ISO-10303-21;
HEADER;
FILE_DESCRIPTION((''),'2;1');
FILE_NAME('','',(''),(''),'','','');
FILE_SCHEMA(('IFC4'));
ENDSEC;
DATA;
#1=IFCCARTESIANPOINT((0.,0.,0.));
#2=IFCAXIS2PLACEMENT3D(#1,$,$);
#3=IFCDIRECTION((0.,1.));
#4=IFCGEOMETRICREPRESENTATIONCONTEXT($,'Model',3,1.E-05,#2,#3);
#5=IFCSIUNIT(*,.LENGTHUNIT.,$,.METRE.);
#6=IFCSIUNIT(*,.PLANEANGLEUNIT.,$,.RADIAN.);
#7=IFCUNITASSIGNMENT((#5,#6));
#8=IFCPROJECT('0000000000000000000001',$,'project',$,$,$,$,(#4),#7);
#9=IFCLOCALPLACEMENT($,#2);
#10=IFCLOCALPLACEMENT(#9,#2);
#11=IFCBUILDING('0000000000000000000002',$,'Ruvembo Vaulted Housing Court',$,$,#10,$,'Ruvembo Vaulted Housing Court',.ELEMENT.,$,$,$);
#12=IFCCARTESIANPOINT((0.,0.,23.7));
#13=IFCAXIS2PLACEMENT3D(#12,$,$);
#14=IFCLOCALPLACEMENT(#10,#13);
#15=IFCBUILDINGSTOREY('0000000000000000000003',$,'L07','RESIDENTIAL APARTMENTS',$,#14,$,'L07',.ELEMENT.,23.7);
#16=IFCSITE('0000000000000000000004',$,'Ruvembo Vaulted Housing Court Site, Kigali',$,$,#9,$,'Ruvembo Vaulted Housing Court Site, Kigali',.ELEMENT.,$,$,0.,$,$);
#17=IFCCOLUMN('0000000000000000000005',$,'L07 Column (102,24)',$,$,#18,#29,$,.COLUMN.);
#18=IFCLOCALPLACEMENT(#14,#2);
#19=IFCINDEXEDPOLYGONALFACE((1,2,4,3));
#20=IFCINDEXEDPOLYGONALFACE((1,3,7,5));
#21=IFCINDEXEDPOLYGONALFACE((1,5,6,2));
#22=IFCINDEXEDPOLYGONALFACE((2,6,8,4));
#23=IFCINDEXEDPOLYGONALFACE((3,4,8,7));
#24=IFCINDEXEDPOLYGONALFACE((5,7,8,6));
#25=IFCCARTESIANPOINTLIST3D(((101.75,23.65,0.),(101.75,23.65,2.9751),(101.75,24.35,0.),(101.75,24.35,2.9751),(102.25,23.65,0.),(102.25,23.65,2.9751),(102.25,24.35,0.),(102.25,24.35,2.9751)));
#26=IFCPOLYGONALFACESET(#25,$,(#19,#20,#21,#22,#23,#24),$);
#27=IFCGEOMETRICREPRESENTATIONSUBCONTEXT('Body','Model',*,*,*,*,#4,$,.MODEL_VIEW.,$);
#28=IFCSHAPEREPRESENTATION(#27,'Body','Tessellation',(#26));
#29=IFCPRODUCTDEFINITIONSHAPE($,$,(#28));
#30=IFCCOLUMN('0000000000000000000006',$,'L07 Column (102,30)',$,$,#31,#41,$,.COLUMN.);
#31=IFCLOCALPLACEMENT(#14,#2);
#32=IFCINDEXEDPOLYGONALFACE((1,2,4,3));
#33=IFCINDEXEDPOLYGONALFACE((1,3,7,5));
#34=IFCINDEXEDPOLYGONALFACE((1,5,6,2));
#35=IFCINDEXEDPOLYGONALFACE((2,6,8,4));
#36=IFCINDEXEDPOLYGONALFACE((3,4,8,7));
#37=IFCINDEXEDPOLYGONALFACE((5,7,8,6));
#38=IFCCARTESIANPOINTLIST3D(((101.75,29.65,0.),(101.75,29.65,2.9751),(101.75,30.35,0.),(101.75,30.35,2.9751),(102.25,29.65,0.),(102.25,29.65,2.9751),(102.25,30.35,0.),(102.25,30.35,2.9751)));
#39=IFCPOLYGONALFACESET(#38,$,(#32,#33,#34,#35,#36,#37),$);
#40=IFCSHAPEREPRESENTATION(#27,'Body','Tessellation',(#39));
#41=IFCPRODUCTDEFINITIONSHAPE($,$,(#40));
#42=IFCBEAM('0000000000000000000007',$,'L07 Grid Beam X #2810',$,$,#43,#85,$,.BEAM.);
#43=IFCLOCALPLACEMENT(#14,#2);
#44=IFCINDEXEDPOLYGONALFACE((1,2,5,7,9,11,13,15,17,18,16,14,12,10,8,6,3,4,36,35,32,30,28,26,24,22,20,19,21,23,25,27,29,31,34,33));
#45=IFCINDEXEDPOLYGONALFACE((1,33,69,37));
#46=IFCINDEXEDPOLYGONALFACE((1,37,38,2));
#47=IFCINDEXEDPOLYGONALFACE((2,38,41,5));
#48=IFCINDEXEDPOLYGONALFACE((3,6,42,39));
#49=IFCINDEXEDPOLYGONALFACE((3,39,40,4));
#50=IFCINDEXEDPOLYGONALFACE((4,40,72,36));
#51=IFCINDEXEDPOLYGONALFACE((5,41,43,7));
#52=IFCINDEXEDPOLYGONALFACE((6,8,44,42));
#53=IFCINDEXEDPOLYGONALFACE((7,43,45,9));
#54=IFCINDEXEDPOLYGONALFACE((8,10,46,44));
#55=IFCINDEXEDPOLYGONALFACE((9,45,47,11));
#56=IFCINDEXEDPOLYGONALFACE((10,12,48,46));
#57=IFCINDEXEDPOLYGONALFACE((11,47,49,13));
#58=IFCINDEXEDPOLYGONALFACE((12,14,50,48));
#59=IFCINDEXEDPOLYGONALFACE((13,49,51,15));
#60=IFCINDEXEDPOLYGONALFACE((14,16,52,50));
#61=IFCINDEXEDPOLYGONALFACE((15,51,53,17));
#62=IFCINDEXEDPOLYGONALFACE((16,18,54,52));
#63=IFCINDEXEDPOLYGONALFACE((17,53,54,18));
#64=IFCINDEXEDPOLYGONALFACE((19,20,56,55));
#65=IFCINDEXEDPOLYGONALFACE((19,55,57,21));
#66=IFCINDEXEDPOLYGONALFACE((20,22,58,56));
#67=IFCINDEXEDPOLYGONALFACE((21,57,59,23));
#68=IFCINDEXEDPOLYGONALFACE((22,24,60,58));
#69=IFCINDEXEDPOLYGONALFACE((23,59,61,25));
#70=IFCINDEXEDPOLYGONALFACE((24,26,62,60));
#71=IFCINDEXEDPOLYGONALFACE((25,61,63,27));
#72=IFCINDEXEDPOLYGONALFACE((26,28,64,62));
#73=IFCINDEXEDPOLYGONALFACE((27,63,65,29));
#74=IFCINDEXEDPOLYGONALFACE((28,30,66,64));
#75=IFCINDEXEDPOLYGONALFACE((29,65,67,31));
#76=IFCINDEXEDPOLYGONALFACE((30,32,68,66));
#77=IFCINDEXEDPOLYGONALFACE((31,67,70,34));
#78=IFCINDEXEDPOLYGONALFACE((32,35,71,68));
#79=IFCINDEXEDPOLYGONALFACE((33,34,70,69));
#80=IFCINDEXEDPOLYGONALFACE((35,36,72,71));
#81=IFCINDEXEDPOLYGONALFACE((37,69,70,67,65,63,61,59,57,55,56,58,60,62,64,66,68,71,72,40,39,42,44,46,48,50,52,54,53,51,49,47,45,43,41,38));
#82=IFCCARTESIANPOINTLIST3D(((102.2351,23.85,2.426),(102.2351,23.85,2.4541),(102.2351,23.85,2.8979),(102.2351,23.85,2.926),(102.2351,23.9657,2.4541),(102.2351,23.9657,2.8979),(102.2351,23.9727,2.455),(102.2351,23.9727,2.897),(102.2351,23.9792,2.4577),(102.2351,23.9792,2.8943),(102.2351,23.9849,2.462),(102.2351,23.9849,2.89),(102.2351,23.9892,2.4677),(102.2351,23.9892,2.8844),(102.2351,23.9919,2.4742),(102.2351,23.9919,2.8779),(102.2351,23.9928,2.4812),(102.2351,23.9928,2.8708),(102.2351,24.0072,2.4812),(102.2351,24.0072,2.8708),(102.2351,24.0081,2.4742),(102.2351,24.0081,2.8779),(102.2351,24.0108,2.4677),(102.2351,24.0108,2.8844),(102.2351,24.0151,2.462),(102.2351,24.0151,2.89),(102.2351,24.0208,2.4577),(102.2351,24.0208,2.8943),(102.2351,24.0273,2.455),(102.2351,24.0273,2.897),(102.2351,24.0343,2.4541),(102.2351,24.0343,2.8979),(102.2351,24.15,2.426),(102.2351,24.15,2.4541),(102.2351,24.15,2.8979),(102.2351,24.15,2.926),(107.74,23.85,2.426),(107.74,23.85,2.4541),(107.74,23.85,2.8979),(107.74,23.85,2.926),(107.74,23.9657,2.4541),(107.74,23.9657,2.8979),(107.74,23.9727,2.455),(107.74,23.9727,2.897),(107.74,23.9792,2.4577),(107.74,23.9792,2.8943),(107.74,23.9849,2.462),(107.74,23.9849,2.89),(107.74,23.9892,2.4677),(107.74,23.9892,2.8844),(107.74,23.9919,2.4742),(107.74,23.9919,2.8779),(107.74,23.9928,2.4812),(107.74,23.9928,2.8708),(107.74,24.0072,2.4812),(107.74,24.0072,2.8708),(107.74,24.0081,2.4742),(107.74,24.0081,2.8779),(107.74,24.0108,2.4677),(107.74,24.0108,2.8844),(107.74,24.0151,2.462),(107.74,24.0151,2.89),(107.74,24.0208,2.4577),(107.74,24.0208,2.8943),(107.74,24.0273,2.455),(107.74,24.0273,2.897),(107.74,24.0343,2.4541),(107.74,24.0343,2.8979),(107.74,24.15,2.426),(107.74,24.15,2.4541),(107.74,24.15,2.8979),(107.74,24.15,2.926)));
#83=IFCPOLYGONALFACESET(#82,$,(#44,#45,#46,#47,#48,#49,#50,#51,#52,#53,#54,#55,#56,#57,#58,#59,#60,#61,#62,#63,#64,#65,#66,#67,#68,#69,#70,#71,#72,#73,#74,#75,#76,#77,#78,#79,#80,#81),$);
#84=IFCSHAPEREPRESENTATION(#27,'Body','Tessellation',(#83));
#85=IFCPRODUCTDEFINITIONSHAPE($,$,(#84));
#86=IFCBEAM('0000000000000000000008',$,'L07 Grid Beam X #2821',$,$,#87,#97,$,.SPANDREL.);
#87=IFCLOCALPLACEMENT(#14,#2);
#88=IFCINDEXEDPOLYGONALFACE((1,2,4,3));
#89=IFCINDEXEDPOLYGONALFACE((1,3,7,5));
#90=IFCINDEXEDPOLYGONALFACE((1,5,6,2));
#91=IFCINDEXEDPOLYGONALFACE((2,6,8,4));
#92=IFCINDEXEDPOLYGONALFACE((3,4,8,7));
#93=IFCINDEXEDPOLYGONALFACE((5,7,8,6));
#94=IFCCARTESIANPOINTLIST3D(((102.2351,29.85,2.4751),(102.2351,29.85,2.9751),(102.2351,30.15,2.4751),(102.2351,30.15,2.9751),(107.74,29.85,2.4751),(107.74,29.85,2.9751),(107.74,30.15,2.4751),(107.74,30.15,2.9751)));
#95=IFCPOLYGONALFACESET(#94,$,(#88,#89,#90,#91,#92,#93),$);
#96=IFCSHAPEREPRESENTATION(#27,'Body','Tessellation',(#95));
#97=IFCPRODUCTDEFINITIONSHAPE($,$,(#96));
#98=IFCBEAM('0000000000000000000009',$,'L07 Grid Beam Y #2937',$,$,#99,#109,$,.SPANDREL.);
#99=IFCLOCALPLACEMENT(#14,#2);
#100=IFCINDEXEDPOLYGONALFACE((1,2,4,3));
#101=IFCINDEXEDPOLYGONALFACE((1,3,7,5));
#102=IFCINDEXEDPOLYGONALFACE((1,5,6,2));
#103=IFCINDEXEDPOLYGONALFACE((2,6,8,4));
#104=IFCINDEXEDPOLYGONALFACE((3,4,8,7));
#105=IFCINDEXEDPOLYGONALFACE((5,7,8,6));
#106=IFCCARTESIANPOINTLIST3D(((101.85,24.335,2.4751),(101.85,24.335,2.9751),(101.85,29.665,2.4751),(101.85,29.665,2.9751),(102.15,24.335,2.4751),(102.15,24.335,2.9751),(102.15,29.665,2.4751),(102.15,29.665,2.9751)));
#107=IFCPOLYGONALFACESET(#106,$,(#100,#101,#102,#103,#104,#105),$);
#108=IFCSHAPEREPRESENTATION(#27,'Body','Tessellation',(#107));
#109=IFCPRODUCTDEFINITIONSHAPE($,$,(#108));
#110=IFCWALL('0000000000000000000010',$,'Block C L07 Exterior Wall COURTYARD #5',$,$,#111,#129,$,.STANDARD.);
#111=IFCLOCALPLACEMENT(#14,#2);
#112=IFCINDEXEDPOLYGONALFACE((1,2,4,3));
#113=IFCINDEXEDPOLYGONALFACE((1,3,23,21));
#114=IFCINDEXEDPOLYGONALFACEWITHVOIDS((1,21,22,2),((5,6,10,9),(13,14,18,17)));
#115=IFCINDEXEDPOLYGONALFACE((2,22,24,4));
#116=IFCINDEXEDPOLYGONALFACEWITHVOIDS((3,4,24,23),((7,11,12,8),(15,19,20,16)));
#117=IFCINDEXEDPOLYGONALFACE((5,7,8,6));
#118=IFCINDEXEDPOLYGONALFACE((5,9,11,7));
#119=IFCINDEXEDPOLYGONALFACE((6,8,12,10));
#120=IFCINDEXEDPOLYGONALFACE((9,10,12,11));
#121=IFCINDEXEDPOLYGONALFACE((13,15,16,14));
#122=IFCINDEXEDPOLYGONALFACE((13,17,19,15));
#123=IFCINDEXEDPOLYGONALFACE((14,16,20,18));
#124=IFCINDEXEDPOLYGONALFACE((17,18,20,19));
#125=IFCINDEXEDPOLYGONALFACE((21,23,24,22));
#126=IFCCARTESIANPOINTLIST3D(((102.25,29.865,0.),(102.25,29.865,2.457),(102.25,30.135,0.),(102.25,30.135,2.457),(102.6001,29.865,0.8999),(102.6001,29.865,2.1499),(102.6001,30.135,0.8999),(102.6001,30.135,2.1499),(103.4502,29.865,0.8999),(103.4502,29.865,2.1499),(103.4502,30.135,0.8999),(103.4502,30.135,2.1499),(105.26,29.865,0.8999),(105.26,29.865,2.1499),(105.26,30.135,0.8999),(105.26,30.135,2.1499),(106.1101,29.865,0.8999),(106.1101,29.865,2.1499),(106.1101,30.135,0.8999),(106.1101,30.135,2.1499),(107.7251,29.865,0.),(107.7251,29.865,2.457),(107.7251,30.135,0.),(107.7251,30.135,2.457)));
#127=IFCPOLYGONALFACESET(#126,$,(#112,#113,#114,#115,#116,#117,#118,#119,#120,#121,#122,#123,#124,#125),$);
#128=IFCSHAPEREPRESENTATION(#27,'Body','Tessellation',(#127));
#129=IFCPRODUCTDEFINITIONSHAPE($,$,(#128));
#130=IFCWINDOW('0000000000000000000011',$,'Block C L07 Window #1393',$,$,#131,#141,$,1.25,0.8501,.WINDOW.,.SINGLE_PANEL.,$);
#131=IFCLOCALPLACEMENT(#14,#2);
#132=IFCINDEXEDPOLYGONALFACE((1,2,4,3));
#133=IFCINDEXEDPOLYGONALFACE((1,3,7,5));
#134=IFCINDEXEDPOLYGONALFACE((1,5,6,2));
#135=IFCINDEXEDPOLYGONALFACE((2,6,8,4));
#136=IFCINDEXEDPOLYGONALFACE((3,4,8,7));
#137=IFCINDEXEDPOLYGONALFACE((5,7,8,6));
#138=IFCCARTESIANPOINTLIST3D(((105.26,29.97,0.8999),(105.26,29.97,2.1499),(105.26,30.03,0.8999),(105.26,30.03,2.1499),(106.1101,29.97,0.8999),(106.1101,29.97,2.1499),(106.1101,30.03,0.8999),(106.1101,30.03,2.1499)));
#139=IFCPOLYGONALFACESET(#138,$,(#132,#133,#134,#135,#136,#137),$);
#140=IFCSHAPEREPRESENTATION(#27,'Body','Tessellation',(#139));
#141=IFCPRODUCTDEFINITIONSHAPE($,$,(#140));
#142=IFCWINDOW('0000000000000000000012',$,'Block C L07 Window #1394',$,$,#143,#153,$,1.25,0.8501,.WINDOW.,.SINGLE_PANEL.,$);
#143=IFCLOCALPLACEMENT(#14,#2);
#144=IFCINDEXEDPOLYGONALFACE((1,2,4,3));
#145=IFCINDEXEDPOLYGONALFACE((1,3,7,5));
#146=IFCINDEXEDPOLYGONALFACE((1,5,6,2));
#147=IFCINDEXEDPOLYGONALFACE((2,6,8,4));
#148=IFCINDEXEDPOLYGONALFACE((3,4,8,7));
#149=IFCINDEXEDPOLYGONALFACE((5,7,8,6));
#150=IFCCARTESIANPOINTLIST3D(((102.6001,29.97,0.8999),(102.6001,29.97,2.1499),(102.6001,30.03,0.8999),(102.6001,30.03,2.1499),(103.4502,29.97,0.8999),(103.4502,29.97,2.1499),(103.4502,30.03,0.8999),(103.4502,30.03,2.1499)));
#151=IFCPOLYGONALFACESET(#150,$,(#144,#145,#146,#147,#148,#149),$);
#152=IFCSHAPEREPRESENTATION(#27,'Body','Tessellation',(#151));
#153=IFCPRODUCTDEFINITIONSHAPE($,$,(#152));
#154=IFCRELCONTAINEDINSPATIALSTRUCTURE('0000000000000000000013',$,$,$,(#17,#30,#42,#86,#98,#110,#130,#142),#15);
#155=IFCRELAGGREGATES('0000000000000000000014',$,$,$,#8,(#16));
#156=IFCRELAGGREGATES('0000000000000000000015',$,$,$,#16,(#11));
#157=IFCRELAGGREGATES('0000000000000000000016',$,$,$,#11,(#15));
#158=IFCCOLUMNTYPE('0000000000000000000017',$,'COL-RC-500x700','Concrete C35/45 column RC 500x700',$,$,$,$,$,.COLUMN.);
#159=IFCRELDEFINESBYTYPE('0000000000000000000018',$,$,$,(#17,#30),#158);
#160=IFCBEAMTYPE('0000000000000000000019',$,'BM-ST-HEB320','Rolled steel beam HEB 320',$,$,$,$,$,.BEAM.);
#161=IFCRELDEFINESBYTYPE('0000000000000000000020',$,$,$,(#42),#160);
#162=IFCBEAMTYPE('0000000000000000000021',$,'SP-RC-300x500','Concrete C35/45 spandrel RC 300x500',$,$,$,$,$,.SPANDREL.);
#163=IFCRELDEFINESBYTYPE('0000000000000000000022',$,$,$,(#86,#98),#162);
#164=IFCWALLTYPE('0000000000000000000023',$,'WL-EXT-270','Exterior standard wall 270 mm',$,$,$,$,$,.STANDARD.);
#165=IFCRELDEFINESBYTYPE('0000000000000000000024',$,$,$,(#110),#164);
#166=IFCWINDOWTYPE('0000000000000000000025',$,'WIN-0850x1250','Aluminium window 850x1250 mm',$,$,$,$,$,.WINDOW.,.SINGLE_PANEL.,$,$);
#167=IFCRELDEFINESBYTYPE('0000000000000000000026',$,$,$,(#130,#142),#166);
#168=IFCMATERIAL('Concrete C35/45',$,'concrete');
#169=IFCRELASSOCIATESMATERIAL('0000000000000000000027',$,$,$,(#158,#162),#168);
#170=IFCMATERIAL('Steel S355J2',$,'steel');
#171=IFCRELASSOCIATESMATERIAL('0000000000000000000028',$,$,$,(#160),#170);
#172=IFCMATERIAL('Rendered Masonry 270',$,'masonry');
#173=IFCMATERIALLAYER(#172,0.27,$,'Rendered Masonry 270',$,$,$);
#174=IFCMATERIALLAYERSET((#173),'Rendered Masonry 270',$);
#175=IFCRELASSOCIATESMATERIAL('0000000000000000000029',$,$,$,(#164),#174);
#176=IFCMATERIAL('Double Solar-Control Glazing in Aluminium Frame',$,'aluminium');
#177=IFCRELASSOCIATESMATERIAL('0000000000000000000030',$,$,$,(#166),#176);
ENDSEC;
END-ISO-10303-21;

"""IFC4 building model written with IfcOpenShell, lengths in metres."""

from ifc_helpers import new_model, si_unit, direction, frame, frame_2d, origin, origin_2d, place, context, subcontext, project, spatial, rectangle, i_section, extrude, material, layer, layer_set, material_profile, profile_set, type_object, element, fill, save


model = new_model("IFC4")

# Units and contexts
model_context = context("Model", 3, precision=1e-05, world=origin(), true_north=direction((0.0, 1.0)))
body_context = subcontext(model_context, "Body", "Model", "MODEL_VIEW")
ifc_project = project(units=[si_unit("LENGTHUNIT", "METRE"), si_unit("PLANEANGLEUNIT", "RADIAN")], contexts=[model_context])

# Site, building, storey
site_placement = place(None, origin())
site = spatial("IfcSite", under=ifc_project, at=site_placement, Name="Ruvembo Vaulted Housing Court Site, Kigali", LongName="Ruvembo Vaulted Housing Court Site, Kigali", CompositionType="ELEMENT", RefElevation=0.0)
building_placement = place(site_placement, origin())
building = spatial("IfcBuilding", under=site, at=building_placement, Name="Ruvembo Vaulted Housing Court", LongName="Ruvembo Vaulted Housing Court", CompositionType="ELEMENT")
storey_placement = place(building_placement, frame((0.0, 0.0, 23.7)))
storey = spatial("IfcBuildingStorey", under=building, at=storey_placement, Name="L07", Description="RESIDENTIAL APARTMENTS", LongName="L07", CompositionType="ELEMENT", Elevation=23.7)

# Columns
ifc_material_1 = material(Name="Concrete C35/45", Category="concrete")
ifc_material_profile_1 = material_profile(ifc_material_1, rectangle(XDim=0.5, YDim=0.7, at=origin_2d()), Name="RC 500x700")
ifc_profile_set_1 = profile_set([ifc_material_profile_1], Name="Concrete C35/45")
column_type = type_object("IfcColumnType", Name="COL-RC-500x700", Description="Concrete C35/45 column RC 500x700", PredefinedType="COLUMN", material=ifc_profile_set_1)
for number, where, z_axis, x_axis, name in (
    (1, (102.0, 24.0, 0.0), (0.0, 0.0, 1.0), (1.0, 0.0, 0.0), "L07 Column (102,24)"),
    (2, (102.0, 30.0, 0.0), (0.0, 0.0, 1.0), (1.0, 0.0, 0.0), "L07 Column (102,30)"),
):
    element("IfcColumn", number, at=place(storey_placement, frame(where, z_axis=z_axis, x_axis=x_axis)), inside=storey, type_object=column_type, Name=name, PredefinedType="COLUMN", context=body_context, shape_type="SweptSolid", body=[
        extrude(rectangle(XDim=0.5, YDim=0.7, at=origin_2d()), origin(), (0.0, 0.0, 1.0), 2.9751),
    ])

# Beams
ifc_material_2 = material(Name="Steel S355J2", Category="steel")
ifc_material_profile_2 = material_profile(ifc_material_2, i_section(OverallWidth=0.3, OverallDepth=0.5, WebThickness=0.0144, FlangeThickness=0.0281, FilletRadius=0.0271, at=origin_2d()), Name="HEB 320")
ifc_profile_set_2 = profile_set([ifc_material_profile_2], Name="Steel S355J2")
beam_type_1 = type_object("IfcBeamType", Name="BM-ST-HEB320", Description="Rolled steel beam HEB 320", PredefinedType="BEAM", material=ifc_profile_set_2)
beam_1_placement = place(storey_placement, frame((102.2351, 24.0, 2.676), z_axis=(1.0, 0.0, 0.0), x_axis=(0.0, 1.0, 0.0)))
element("IfcBeam", 3, at=beam_1_placement, inside=storey, type_object=beam_type_1, Name="L07 Grid Beam X #2810", PredefinedType="BEAM", context=body_context, shape_type="SweptSolid", body=[
    extrude(i_section(OverallWidth=0.3, OverallDepth=0.5, WebThickness=0.0144, FlangeThickness=0.0281, FilletRadius=0.0271, at=origin_2d()), origin(), (0.0, 0.0, 1.0), 5.5049),
])
ifc_material_profile_3 = material_profile(ifc_material_1, rectangle(XDim=0.3, YDim=0.5, at=origin_2d()), Name="RC 300x500")
ifc_profile_set_3 = profile_set([ifc_material_profile_3], Name="Concrete C35/45")
beam_type_2 = type_object("IfcBeamType", Name="SP-RC-300x500", Description="Concrete C35/45 spandrel RC 300x500", PredefinedType="SPANDREL", material=ifc_profile_set_3)
beam_2_placement = place(storey_placement, frame((102.2351, 30.0, 2.7251), z_axis=(1.0, 0.0, 0.0), x_axis=(0.0, 1.0, 0.0)))
element("IfcBeam", 4, at=beam_2_placement, inside=storey, type_object=beam_type_2, Name="L07 Grid Beam X #2821", PredefinedType="SPANDREL", context=body_context, shape_type="SweptSolid", body=[
    extrude(rectangle(XDim=0.3, YDim=0.5, at=origin_2d()), origin(), (0.0, 0.0, 1.0), 5.5049),
])
beam_3_placement = place(storey_placement, frame((102.0, 24.335, 2.7251), z_axis=(0.0, 1.0, 0.0), x_axis=(-1.0, 0.0, 0.0)))
element("IfcBeam", 5, at=beam_3_placement, inside=storey, type_object=beam_type_2, Name="L07 Grid Beam Y #2937", PredefinedType="SPANDREL", context=body_context, shape_type="SweptSolid", body=[
    extrude(rectangle(XDim=0.3, YDim=0.5, at=origin_2d()), origin(), (0.0, 0.0, 1.0), 5.3301),
])

# Wall, openings, windows
ifc_material_3 = material(Name="Rendered Masonry 270", Category="masonry")
ifc_layer_1 = layer(ifc_material_3, 0.27, Name="Rendered Masonry 270")
ifc_layer_set_1 = layer_set([ifc_layer_1], Name="Rendered Masonry 270")
wall_type_1 = type_object("IfcWallType", Name="WL-EXT-270", Description="Exterior standard wall 270 mm", PredefinedType="STANDARD", material=ifc_layer_set_1)
wall_1_placement = place(storey_placement, frame((107.7251, 30.0, 0.0), z_axis=(0.0, 0.0, 1.0), x_axis=(-1.0, 0.0, 0.0)))
wall_1 = element("IfcWall", 6, at=wall_1_placement, inside=storey, type_object=wall_type_1, Name="Block C L07 Exterior Wall COURTYARD #5", PredefinedType="STANDARD", context=body_context, shape_type="SweptSolid", body=[
    extrude(rectangle(XDim=5.4751, YDim=0.27, at=frame_2d((2.7375, 0.0))), origin(), (0.0, 0.0, 1.0), 2.457),
])
opening_1_placement = place(wall_1_placement, frame((1.615, 0.0, 0.8999)))
opening_1 = element("IfcOpeningElement", 7, at=opening_1_placement, cuts=wall_1, PredefinedType="OPENING", context=body_context, shape_type="SweptSolid", body=[
    extrude(rectangle(XDim=0.8501, YDim=1.25, at=frame_2d((0.425, 0.625))), frame((0.0, 0.145, 0.0), z_axis=(0.0, -1.0, 0.0), x_axis=(1.0, 0.0, 0.0)), (0.0, 0.0, 1.0), 0.29),
])
opening_2_placement = place(wall_1_placement, frame((4.2749, 0.0, 0.8999)))
opening_2 = element("IfcOpeningElement", 8, at=opening_2_placement, cuts=wall_1, PredefinedType="OPENING", context=body_context, shape_type="SweptSolid", body=[
    extrude(rectangle(XDim=0.8501, YDim=1.25, at=frame_2d((0.425, 0.625))), frame((0.0, 0.145, 0.0), z_axis=(0.0, -1.0, 0.0), x_axis=(1.0, 0.0, 0.0)), (0.0, 0.0, 1.0), 0.29),
])
ifc_material_4 = material(Name="Double Solar-Control Glazing in Aluminium Frame", Category="aluminium")
window_type_1 = type_object("IfcWindowType", Name="WIN-0850x1250", Description="Aluminium window 850x1250 mm", PartitioningType="SINGLE_PANEL", PredefinedType="WINDOW", material=ifc_material_4)
window_1_placement = place(opening_1_placement, origin())
window_1 = element("IfcWindow", 9, at=window_1_placement, inside=storey, type_object=window_type_1, Name="Block C L07 Window #1393", OverallHeight=1.25, OverallWidth=0.8501, PartitioningType="SINGLE_PANEL", PredefinedType="WINDOW", context=body_context, shape_type="SweptSolid", body=[
    extrude(rectangle(XDim=0.8501, YDim=1.25, at=frame_2d((0.425, 0.625))), frame((0.0, 0.03, 0.0), z_axis=(0.0, -1.0, 0.0), x_axis=(1.0, 0.0, 0.0)), (0.0, 0.0, 1.0), 0.0601),
])
fill(opening_1, window_1)
window_2_placement = place(opening_2_placement, origin())
window_2 = element("IfcWindow", 10, at=window_2_placement, inside=storey, type_object=window_type_1, Name="Block C L07 Window #1394", OverallHeight=1.25, OverallWidth=0.8501, PartitioningType="SINGLE_PANEL", PredefinedType="WINDOW", context=body_context, shape_type="SweptSolid", body=[
    extrude(rectangle(XDim=0.8501, YDim=1.25, at=frame_2d((0.425, 0.625))), frame((0.0, 0.03, 0.0), z_axis=(0.0, -1.0, 0.0), x_axis=(1.0, 0.0, 0.0)), (0.0, 0.0, 1.0), 0.0601),
])
fill(opening_2, window_2)

save(model, "model.ifc")
